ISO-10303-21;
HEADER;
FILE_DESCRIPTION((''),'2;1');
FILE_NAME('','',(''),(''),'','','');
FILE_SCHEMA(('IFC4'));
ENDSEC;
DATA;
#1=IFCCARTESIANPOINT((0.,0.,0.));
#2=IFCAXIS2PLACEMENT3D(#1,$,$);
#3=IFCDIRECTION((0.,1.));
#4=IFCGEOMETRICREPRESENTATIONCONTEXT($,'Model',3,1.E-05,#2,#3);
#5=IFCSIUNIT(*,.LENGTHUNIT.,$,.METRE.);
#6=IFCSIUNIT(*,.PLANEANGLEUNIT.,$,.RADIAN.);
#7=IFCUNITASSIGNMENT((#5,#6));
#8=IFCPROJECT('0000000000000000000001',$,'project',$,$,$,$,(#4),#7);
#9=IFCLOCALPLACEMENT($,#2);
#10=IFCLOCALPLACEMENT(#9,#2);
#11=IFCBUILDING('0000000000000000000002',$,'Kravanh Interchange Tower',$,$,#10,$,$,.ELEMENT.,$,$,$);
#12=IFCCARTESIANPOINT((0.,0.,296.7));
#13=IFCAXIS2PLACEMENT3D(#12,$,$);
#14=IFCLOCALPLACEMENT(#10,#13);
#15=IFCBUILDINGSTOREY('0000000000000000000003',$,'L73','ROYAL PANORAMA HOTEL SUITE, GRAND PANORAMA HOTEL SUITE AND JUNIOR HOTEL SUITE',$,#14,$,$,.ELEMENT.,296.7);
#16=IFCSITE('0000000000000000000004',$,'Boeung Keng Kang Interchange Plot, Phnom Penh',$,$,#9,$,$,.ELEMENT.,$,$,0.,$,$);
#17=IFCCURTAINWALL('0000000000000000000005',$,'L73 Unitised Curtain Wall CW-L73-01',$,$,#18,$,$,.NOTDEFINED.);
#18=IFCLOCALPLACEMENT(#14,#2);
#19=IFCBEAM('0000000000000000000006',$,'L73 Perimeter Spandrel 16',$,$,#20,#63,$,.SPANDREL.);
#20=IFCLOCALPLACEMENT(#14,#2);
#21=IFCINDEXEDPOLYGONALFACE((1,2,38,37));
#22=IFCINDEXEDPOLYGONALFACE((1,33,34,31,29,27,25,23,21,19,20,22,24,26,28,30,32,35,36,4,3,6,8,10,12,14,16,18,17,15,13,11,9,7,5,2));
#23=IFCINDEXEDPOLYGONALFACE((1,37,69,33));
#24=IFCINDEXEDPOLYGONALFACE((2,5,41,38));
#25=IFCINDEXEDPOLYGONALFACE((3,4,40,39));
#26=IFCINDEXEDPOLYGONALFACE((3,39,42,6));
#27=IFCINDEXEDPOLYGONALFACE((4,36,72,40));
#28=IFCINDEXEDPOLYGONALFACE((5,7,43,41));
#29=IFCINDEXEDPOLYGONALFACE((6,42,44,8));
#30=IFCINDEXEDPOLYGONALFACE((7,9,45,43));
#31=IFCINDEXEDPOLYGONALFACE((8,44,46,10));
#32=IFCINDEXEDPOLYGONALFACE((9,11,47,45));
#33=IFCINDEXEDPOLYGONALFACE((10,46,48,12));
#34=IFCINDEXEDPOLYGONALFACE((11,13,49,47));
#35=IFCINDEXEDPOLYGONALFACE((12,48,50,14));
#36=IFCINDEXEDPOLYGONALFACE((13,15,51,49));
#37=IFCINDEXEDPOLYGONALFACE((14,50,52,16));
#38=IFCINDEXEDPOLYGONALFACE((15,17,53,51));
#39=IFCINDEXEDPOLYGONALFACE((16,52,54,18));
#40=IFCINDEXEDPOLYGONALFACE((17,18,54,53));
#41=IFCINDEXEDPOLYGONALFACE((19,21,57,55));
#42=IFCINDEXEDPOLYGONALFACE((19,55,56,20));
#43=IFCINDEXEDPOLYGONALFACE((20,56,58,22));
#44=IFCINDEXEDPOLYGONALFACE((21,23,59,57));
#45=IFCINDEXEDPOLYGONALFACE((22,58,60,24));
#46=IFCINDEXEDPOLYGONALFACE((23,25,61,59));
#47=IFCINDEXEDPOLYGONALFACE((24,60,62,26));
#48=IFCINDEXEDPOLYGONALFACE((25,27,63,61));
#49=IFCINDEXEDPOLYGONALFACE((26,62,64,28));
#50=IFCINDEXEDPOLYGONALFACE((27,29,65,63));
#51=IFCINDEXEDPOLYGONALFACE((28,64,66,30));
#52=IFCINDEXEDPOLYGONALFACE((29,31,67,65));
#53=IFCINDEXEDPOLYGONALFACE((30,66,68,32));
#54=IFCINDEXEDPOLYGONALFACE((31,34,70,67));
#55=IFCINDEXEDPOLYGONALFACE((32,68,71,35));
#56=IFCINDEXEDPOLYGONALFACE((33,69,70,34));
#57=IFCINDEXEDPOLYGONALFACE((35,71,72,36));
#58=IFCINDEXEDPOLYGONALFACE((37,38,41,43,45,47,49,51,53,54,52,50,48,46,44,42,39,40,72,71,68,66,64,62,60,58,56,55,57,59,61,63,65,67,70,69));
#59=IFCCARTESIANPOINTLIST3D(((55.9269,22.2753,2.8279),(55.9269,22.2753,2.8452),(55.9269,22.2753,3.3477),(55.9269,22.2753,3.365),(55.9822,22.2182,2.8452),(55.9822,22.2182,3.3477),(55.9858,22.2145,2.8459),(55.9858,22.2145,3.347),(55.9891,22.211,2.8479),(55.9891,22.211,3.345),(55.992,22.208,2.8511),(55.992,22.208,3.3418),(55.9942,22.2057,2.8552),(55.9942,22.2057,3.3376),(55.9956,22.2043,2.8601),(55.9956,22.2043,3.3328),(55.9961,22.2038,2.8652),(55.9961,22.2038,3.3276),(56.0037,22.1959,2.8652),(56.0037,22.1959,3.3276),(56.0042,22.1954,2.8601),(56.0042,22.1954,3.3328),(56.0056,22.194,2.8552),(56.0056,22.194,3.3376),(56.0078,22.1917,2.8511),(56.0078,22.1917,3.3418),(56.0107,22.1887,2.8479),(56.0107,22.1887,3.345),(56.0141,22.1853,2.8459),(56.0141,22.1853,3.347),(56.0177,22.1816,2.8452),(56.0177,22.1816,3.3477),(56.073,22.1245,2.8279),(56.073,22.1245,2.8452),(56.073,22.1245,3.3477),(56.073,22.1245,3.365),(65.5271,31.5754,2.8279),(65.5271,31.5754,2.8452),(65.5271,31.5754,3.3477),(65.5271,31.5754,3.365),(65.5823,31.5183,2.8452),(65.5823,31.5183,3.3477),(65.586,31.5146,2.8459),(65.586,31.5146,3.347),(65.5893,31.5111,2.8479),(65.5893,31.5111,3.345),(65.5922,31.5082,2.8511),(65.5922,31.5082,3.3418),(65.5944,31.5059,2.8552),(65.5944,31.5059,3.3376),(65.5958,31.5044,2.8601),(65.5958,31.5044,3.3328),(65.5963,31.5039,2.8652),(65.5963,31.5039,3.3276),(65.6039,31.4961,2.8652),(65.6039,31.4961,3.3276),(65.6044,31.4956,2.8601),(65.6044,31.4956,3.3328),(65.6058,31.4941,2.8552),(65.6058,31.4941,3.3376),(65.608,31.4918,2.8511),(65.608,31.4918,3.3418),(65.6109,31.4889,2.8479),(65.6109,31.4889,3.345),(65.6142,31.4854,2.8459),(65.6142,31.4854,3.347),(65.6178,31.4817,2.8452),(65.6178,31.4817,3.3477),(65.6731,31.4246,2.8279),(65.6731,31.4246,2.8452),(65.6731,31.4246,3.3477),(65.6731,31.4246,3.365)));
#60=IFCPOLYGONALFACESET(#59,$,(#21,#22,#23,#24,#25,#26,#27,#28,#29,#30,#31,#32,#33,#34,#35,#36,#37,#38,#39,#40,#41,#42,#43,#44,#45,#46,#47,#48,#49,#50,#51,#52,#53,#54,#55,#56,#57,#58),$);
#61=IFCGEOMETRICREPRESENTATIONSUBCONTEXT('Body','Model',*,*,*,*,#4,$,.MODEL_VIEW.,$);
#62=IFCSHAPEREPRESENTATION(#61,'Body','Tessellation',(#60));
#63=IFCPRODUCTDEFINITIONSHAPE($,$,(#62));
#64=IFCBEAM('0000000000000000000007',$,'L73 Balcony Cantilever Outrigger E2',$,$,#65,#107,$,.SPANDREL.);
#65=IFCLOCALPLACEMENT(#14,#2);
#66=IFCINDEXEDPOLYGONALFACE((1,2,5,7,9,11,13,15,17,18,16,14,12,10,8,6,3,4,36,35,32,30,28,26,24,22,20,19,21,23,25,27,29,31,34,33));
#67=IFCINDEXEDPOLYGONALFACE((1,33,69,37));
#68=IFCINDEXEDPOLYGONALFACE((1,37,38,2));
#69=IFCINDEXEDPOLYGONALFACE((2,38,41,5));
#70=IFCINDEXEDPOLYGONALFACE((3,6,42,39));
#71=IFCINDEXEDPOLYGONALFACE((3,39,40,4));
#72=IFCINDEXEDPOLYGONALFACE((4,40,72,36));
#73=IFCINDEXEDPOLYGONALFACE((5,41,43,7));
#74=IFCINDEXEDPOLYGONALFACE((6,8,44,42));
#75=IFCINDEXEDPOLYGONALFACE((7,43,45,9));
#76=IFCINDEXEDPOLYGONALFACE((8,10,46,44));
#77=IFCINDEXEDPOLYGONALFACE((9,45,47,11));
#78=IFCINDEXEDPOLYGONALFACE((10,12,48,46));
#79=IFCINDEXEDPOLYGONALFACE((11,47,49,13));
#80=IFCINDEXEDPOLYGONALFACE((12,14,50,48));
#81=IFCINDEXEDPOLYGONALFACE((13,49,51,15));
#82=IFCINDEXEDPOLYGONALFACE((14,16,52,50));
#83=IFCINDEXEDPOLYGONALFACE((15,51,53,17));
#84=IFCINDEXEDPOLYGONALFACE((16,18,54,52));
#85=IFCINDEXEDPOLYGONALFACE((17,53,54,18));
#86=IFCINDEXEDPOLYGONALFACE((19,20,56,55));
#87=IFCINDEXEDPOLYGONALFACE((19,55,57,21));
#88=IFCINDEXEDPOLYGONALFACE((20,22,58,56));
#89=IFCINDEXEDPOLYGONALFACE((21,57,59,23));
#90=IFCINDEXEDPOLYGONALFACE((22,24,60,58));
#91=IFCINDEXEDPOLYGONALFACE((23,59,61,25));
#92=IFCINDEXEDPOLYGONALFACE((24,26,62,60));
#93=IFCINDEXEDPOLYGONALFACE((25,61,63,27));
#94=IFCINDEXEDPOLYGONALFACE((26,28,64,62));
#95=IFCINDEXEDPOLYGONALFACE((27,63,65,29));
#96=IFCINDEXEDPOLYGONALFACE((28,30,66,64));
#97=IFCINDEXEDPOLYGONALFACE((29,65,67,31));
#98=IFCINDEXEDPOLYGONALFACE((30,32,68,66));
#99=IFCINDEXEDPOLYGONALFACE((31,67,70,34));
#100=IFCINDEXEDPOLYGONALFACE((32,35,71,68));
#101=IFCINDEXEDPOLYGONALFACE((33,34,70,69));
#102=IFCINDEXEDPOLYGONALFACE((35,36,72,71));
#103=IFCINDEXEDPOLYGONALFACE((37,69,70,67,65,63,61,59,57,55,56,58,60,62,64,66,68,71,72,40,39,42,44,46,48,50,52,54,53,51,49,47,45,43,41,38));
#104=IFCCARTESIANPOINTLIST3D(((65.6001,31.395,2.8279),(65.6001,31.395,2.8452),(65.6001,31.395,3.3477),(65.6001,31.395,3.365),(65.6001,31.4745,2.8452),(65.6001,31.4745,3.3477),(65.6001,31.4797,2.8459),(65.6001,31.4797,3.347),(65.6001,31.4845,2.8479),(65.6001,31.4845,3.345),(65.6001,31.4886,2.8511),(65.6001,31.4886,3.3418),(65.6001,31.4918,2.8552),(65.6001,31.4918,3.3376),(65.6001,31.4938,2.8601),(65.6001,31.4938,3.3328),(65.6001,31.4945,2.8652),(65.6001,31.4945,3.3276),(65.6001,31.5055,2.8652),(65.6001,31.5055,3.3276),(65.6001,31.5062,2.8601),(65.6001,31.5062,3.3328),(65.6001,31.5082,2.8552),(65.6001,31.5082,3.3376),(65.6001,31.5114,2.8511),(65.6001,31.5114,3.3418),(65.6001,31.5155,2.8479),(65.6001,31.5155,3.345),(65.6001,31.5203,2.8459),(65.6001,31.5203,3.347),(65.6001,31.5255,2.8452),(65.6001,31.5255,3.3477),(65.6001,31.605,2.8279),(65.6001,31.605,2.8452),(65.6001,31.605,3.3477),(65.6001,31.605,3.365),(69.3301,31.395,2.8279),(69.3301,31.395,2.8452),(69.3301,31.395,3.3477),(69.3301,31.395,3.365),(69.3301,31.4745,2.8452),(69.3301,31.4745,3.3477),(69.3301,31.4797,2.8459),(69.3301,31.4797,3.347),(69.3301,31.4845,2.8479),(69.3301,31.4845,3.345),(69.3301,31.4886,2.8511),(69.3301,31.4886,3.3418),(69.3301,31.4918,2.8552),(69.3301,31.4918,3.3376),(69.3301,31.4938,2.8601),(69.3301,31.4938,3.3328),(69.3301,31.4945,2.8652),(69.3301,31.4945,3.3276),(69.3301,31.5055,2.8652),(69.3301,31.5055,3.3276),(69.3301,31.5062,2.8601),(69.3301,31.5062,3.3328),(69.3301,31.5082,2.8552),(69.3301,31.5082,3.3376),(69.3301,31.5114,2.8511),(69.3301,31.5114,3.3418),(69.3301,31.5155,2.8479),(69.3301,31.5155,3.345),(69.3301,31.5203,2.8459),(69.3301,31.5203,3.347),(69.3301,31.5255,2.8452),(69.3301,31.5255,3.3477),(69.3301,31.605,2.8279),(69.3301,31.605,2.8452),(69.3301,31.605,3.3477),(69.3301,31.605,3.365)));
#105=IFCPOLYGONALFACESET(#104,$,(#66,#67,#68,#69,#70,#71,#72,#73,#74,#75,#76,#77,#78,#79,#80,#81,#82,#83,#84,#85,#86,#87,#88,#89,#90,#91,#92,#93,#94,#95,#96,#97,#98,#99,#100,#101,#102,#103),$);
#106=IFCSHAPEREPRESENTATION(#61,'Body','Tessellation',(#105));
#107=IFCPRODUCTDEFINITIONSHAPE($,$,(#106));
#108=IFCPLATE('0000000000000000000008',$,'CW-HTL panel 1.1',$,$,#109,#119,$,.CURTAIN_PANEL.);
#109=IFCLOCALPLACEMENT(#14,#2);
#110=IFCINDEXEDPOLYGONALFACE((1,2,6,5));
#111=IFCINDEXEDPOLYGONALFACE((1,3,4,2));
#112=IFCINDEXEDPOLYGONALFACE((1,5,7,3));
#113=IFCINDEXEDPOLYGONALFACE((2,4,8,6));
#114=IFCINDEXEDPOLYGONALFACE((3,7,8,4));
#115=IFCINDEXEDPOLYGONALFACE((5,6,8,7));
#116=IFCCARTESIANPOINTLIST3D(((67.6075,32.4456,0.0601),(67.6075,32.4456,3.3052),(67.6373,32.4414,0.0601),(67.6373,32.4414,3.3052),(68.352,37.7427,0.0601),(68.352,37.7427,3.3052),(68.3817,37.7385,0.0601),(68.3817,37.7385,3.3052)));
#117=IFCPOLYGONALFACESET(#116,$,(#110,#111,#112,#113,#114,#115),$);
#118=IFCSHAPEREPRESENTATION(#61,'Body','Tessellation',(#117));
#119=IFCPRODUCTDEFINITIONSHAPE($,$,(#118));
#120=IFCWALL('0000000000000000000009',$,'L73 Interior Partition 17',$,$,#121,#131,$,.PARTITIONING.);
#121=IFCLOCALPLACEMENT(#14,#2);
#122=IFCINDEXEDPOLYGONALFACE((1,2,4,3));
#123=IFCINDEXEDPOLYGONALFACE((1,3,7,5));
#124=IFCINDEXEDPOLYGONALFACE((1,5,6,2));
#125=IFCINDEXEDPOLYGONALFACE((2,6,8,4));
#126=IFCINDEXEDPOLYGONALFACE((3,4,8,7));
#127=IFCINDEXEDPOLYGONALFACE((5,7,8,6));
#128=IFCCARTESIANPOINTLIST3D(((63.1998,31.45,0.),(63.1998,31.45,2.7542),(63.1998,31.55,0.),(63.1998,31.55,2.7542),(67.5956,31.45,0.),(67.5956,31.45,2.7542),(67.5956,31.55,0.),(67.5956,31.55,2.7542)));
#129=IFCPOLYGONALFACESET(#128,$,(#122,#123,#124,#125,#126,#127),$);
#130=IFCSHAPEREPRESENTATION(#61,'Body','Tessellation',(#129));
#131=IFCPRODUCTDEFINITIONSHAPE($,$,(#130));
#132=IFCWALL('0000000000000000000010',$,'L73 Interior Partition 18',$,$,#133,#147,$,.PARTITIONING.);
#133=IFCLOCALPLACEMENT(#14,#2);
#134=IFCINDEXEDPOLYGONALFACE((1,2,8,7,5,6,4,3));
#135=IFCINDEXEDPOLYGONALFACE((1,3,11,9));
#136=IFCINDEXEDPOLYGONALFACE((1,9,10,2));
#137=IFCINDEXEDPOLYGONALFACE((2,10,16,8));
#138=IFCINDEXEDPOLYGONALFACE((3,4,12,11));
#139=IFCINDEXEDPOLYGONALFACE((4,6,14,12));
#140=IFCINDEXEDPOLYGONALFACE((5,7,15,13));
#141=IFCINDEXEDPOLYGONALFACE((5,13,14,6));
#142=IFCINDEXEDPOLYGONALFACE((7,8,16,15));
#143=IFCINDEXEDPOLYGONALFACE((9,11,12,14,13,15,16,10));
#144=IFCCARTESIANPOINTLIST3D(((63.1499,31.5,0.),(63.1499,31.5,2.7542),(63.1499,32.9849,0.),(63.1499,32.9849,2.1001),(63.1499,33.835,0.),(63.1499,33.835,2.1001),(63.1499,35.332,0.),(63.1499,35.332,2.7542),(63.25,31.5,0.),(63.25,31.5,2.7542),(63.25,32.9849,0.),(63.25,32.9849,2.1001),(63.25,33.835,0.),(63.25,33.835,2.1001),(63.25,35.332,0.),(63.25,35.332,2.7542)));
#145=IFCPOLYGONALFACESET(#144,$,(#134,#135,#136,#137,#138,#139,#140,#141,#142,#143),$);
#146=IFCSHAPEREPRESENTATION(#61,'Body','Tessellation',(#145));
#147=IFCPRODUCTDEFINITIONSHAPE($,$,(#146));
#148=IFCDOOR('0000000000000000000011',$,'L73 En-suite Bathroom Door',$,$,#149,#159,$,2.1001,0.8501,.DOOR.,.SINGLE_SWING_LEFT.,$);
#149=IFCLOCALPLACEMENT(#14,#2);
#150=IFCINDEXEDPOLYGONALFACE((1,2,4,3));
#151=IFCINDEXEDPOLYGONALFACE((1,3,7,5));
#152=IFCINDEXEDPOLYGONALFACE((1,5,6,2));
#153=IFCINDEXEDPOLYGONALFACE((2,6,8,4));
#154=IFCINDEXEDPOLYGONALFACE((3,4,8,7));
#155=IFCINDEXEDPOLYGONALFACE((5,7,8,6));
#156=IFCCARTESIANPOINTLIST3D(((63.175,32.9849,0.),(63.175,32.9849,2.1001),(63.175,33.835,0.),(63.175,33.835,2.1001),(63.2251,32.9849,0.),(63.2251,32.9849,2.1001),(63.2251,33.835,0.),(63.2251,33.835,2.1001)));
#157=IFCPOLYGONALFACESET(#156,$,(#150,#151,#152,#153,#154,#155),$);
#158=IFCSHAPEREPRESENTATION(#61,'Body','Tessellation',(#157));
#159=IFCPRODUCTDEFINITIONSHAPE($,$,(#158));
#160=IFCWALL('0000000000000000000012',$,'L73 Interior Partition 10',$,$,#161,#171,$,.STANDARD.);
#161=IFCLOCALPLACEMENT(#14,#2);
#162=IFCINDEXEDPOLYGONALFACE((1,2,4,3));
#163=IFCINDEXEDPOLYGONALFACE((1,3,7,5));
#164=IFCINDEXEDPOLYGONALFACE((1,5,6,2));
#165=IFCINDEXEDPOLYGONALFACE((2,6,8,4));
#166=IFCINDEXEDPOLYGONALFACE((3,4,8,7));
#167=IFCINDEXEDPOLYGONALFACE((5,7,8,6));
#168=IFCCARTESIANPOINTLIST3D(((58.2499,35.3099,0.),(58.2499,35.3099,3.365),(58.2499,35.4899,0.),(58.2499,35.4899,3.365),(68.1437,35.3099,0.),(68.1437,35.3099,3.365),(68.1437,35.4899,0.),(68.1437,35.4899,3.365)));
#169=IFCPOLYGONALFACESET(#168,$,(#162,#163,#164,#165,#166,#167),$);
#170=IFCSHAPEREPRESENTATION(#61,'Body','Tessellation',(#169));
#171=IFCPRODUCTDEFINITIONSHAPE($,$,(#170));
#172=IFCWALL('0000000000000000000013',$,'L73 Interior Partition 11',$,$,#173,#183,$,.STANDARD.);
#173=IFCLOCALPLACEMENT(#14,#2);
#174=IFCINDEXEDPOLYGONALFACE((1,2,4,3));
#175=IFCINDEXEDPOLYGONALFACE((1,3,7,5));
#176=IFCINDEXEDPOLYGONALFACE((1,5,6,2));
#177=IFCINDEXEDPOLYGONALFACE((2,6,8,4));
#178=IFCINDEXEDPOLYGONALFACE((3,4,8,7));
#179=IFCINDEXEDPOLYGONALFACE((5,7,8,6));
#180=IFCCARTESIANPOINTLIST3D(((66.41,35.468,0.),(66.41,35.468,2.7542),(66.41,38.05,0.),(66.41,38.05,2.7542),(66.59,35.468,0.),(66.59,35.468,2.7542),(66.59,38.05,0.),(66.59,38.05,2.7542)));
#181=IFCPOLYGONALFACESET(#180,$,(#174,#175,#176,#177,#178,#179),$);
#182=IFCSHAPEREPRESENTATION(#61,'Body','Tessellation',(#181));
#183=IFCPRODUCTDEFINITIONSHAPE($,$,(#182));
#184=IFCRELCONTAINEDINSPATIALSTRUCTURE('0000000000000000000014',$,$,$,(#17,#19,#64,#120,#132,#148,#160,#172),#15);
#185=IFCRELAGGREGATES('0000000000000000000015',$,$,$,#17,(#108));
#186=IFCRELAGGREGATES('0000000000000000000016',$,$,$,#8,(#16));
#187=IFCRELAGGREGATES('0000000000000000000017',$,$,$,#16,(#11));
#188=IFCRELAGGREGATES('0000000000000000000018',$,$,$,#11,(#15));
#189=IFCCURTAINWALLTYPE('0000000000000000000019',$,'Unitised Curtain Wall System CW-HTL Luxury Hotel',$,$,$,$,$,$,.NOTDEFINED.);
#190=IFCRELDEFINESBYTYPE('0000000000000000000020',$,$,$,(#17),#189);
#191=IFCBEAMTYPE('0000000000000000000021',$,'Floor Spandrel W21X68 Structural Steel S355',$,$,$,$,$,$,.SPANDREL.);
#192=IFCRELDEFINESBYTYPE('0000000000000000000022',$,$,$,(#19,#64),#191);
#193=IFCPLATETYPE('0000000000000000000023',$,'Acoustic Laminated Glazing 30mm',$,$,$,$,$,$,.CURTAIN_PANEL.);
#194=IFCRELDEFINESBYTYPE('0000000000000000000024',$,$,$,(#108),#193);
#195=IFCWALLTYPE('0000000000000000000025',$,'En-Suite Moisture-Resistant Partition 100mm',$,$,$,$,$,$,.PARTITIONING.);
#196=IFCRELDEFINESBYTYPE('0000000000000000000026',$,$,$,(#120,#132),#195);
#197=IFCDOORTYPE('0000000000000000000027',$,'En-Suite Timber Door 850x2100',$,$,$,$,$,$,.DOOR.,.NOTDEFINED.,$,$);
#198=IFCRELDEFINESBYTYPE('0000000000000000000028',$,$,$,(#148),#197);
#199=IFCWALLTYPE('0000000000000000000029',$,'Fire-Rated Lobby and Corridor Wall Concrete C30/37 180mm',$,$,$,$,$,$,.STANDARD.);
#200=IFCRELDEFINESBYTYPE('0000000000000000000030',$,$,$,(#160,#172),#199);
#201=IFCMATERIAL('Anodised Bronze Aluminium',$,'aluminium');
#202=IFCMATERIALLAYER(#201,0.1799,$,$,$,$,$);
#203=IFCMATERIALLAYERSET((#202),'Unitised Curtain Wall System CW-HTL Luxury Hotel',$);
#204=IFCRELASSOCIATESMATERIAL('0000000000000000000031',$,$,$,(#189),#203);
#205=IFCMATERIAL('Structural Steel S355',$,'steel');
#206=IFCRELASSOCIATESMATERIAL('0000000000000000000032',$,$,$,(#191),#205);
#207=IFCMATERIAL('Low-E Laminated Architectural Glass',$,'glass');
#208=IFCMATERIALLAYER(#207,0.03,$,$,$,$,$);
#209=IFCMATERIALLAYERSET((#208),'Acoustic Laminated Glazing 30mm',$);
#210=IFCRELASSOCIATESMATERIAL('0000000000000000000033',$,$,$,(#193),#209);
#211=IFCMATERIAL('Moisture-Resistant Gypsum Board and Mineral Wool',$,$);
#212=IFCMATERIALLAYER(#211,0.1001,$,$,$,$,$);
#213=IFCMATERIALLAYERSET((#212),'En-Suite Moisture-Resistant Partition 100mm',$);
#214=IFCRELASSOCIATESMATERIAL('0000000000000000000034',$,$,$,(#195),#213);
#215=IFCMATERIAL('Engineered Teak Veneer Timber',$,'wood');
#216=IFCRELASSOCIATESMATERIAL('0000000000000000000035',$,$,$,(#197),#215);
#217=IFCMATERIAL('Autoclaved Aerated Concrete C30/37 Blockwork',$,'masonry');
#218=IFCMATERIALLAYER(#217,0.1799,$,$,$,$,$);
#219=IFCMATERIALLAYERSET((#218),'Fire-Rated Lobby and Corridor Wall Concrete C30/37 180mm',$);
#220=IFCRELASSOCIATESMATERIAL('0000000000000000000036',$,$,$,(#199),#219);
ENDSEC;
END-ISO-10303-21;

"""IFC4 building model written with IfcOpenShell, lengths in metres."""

from ifc_helpers import new_model, si_unit, direction, frame, frame_2d, origin, origin_2d, place, context, subcontext, project, spatial, rectangle, i_section, extrude, material, layer, layer_set, material_profile, profile_set, type_object, element, fill, aggregate, save


model = new_model("IFC4")

# Units and contexts
model_context = context("Model", 3, precision=1e-05, world=origin(), true_north=direction((0.0, 1.0)))
body_context = subcontext(model_context, "Body", "Model", "MODEL_VIEW")
ifc_project = project(units=[si_unit("LENGTHUNIT", "METRE"), si_unit("PLANEANGLEUNIT", "RADIAN")], contexts=[model_context])

# Site, building, storey
site_placement = place(None, origin())
site = spatial("IfcSite", under=ifc_project, at=site_placement, Name="Boeung Keng Kang Interchange Plot, Phnom Penh", CompositionType="ELEMENT", RefElevation=0.0)
building_placement = place(site_placement, origin())
building = spatial("IfcBuilding", under=site, at=building_placement, Name="Kravanh Interchange Tower", CompositionType="ELEMENT")
storey_placement = place(building_placement, frame((0.0, 0.0, 296.7)))
storey = spatial("IfcBuildingStorey", under=building, at=storey_placement, Name="L73", Description="ROYAL PANORAMA HOTEL SUITE, GRAND PANORAMA HOTEL SUITE AND JUNIOR HOTEL SUITE", CompositionType="ELEMENT", Elevation=296.7)

# Curtain wall
ifc_material_1 = material(Name="Anodised Bronze Aluminium", Category="aluminium")
ifc_layer_1 = layer(ifc_material_1, 0.1799)
ifc_layer_set_1 = layer_set([ifc_layer_1], Name="Unitised Curtain Wall System CW-HTL Luxury Hotel")
curtain_wall_type = type_object("IfcCurtainWallType", Name="Unitised Curtain Wall System CW-HTL Luxury Hotel", PredefinedType="NOTDEFINED", material=ifc_layer_set_1)
curtain_wall_placement = place(storey_placement, origin())
curtain_wall = element("IfcCurtainWall", 1, at=curtain_wall_placement, inside=storey, type_object=curtain_wall_type, Name="L73 Unitised Curtain Wall CW-L73-01", PredefinedType="NOTDEFINED")

# Beams
ifc_material_2 = material(Name="Structural Steel S355", Category="steel")
ifc_material_profile_1 = material_profile(ifc_material_2, i_section(OverallWidth=0.21, OverallDepth=0.5371, WebThickness=0.011, FlangeThickness=0.0173, FilletRadius=0.02, at=origin_2d()), Name="W21X68")
ifc_profile_set_1 = profile_set([ifc_material_profile_1], Name="Structural Steel S355")
beam_type_1 = type_object("IfcBeamType", Name="Floor Spandrel W21X68 Structural Steel S355", PredefinedType="SPANDREL", material=ifc_profile_set_1)
beam_1_placement = place(storey_placement, frame((65.6001, 31.5, 3.0964), z_axis=(-0.718242, -0.695793, 0.0), x_axis=(0.695793, -0.718242, 0.0)))
element("IfcBeam", 2, at=beam_1_placement, inside=storey, type_object=beam_type_1, Name="L73 Perimeter Spandrel 16", PredefinedType="SPANDREL", context=body_context, shape_type="SweptSolid", body=[
    extrude(i_section(OverallWidth=0.21, OverallDepth=0.5371, WebThickness=0.011, FlangeThickness=0.0173, FilletRadius=0.02, at=origin_2d()), origin(), (0.0, 0.0, 1.0), 13.3662),
])
beam_2_placement = place(storey_placement, frame((65.6001, 31.5, 3.0964), z_axis=(1.0, 0.0, 0.0), x_axis=(0.0, 1.0, 0.0)))
element("IfcBeam", 3, at=beam_2_placement, inside=storey, type_object=beam_type_1, Name="L73 Balcony Cantilever Outrigger E2", PredefinedType="SPANDREL", context=body_context, shape_type="SweptSolid", body=[
    extrude(i_section(OverallWidth=0.21, OverallDepth=0.5371, WebThickness=0.011, FlangeThickness=0.0173, FilletRadius=0.02, at=origin_2d()), origin(), (0.0, 0.0, 1.0), 3.73),
])

# Plate
ifc_material_3 = material(Name="Low-E Laminated Architectural Glass", Category="glass")
ifc_layer_2 = layer(ifc_material_3, 0.03)
ifc_layer_set_2 = layer_set([ifc_layer_2], Name="Acoustic Laminated Glazing 30mm")
plate_type = type_object("IfcPlateType", Name="Acoustic Laminated Glazing 30mm", PredefinedType="CURTAIN_PANEL", material=ifc_layer_set_2)
plate_placement = place(storey_placement, frame((67.9946, 35.092, 0.0601), z_axis=(0.0, 0.0, 1.0), x_axis=(-0.139178, -0.990267, 0.0)))
plate = element("IfcPlate", 4, at=plate_placement, type_object=plate_type, Name="CW-HTL panel 1.1", PredefinedType="CURTAIN_PANEL", context=body_context, shape_type="SweptSolid", body=[
    extrude(rectangle(XDim=5.3491, YDim=0.03, at=origin_2d()), origin(), (0.0, 0.0, 1.0), 3.2451),
])
aggregate(curtain_wall, [plate])

# Wall
ifc_material_4 = material(Name="Moisture-Resistant Gypsum Board and Mineral Wool")
ifc_layer_3 = layer(ifc_material_4, 0.1001)
ifc_layer_set_3 = layer_set([ifc_layer_3], Name="En-Suite Moisture-Resistant Partition 100mm")
wall_type_1 = type_object("IfcWallType", Name="En-Suite Moisture-Resistant Partition 100mm", PredefinedType="PARTITIONING", material=ifc_layer_set_3)
wall_1_placement = place(storey_placement, frame((63.2, 31.5, 0.0), z_axis=(0.0, 0.0, 1.0), x_axis=(1.0, 0.0, 0.0)))
element("IfcWall", 5, at=wall_1_placement, inside=storey, type_object=wall_type_1, Name="L73 Interior Partition 17", PredefinedType="PARTITIONING", context=body_context, shape_type="SweptSolid", body=[
    extrude(rectangle(XDim=4.3958, YDim=0.1001, at=frame_2d((2.1978, 0.0))), origin(), (0.0, 0.0, 1.0), 2.7542),
])

# Wall, opening, door
wall_2_placement = place(storey_placement, frame((63.2, 31.5, 0.0), z_axis=(0.0, 0.0, 1.0), x_axis=(0.0, 1.0, 0.0)))
wall_2 = element("IfcWall", 6, at=wall_2_placement, inside=storey, type_object=wall_type_1, Name="L73 Interior Partition 18", PredefinedType="PARTITIONING", context=body_context, shape_type="SweptSolid", body=[
    extrude(rectangle(XDim=3.832, YDim=0.1001, at=frame_2d((1.916, 0.0))), origin(), (0.0, 0.0, 1.0), 2.7542),
])
opening_1_placement = place(wall_2_placement, frame((1.4849, 0.0, 0.0)))
opening_1 = element("IfcOpeningElement", 7, at=opening_1_placement, cuts=wall_2, PredefinedType="OPENING", context=body_context, shape_type="SweptSolid", body=[
    extrude(rectangle(XDim=0.8501, YDim=2.1001, at=frame_2d((0.425, 1.05))), frame((0.0, 0.0601, 0.0), z_axis=(0.0, -1.0, 0.0), x_axis=(1.0, 0.0, 0.0)), (0.0, 0.0, 1.0), 0.1201),
])
ifc_material_5 = material(Name="Engineered Teak Veneer Timber", Category="wood")
door_type_1 = type_object("IfcDoorType", Name="En-Suite Timber Door 850x2100", OperationType="NOTDEFINED", PredefinedType="DOOR", material=ifc_material_5)
door_1_placement = place(opening_1_placement, origin())
door_1 = element("IfcDoor", 8, at=door_1_placement, inside=storey, type_object=door_type_1, Name="L73 En-suite Bathroom Door", OperationType="SINGLE_SWING_LEFT", OverallHeight=2.1001, OverallWidth=0.8501, PredefinedType="DOOR", context=body_context, shape_type="SweptSolid", body=[
    extrude(rectangle(XDim=0.8501, YDim=2.1001, at=frame_2d((0.425, 1.05))), frame((0.0, 0.0249, 0.0), z_axis=(0.0, -1.0, 0.0), x_axis=(1.0, 0.0, 0.0)), (0.0, 0.0, 1.0), 0.05),
])
fill(opening_1, door_1)

# Walls
ifc_material_6 = material(Name="Autoclaved Aerated Concrete C30/37 Blockwork", Category="masonry")
ifc_layer_4 = layer(ifc_material_6, 0.1799)
ifc_layer_set_4 = layer_set([ifc_layer_4], Name="Fire-Rated Lobby and Corridor Wall Concrete C30/37 180mm")
wall_type_2 = type_object("IfcWallType", Name="Fire-Rated Lobby and Corridor Wall Concrete C30/37 180mm", PredefinedType="STANDARD", material=ifc_layer_set_4)
wall_3_placement = place(storey_placement, frame((58.25, 35.3999, 0.0), z_axis=(0.0, 0.0, 1.0), x_axis=(1.0, 0.0, 0.0)))
element("IfcWall", 9, at=wall_3_placement, inside=storey, type_object=wall_type_2, Name="L73 Interior Partition 10", PredefinedType="STANDARD", context=body_context, shape_type="SweptSolid", body=[
    extrude(rectangle(XDim=9.8938, YDim=0.1799, at=frame_2d((4.9468, 0.0))), origin(), (0.0, 0.0, 1.0), 3.365),
])
wall_4_placement = place(storey_placement, frame((66.5, 35.468, 0.0), z_axis=(0.0, 0.0, 1.0), x_axis=(0.0, 1.0, 0.0)))
element("IfcWall", 10, at=wall_4_placement, inside=storey, type_object=wall_type_2, Name="L73 Interior Partition 11", PredefinedType="STANDARD", context=body_context, shape_type="SweptSolid", body=[
    extrude(rectangle(XDim=2.582, YDim=0.1799, at=frame_2d((1.291, 0.0))), origin(), (0.0, 0.0, 1.0), 2.7542),
])

save(model, "model.ifc")
